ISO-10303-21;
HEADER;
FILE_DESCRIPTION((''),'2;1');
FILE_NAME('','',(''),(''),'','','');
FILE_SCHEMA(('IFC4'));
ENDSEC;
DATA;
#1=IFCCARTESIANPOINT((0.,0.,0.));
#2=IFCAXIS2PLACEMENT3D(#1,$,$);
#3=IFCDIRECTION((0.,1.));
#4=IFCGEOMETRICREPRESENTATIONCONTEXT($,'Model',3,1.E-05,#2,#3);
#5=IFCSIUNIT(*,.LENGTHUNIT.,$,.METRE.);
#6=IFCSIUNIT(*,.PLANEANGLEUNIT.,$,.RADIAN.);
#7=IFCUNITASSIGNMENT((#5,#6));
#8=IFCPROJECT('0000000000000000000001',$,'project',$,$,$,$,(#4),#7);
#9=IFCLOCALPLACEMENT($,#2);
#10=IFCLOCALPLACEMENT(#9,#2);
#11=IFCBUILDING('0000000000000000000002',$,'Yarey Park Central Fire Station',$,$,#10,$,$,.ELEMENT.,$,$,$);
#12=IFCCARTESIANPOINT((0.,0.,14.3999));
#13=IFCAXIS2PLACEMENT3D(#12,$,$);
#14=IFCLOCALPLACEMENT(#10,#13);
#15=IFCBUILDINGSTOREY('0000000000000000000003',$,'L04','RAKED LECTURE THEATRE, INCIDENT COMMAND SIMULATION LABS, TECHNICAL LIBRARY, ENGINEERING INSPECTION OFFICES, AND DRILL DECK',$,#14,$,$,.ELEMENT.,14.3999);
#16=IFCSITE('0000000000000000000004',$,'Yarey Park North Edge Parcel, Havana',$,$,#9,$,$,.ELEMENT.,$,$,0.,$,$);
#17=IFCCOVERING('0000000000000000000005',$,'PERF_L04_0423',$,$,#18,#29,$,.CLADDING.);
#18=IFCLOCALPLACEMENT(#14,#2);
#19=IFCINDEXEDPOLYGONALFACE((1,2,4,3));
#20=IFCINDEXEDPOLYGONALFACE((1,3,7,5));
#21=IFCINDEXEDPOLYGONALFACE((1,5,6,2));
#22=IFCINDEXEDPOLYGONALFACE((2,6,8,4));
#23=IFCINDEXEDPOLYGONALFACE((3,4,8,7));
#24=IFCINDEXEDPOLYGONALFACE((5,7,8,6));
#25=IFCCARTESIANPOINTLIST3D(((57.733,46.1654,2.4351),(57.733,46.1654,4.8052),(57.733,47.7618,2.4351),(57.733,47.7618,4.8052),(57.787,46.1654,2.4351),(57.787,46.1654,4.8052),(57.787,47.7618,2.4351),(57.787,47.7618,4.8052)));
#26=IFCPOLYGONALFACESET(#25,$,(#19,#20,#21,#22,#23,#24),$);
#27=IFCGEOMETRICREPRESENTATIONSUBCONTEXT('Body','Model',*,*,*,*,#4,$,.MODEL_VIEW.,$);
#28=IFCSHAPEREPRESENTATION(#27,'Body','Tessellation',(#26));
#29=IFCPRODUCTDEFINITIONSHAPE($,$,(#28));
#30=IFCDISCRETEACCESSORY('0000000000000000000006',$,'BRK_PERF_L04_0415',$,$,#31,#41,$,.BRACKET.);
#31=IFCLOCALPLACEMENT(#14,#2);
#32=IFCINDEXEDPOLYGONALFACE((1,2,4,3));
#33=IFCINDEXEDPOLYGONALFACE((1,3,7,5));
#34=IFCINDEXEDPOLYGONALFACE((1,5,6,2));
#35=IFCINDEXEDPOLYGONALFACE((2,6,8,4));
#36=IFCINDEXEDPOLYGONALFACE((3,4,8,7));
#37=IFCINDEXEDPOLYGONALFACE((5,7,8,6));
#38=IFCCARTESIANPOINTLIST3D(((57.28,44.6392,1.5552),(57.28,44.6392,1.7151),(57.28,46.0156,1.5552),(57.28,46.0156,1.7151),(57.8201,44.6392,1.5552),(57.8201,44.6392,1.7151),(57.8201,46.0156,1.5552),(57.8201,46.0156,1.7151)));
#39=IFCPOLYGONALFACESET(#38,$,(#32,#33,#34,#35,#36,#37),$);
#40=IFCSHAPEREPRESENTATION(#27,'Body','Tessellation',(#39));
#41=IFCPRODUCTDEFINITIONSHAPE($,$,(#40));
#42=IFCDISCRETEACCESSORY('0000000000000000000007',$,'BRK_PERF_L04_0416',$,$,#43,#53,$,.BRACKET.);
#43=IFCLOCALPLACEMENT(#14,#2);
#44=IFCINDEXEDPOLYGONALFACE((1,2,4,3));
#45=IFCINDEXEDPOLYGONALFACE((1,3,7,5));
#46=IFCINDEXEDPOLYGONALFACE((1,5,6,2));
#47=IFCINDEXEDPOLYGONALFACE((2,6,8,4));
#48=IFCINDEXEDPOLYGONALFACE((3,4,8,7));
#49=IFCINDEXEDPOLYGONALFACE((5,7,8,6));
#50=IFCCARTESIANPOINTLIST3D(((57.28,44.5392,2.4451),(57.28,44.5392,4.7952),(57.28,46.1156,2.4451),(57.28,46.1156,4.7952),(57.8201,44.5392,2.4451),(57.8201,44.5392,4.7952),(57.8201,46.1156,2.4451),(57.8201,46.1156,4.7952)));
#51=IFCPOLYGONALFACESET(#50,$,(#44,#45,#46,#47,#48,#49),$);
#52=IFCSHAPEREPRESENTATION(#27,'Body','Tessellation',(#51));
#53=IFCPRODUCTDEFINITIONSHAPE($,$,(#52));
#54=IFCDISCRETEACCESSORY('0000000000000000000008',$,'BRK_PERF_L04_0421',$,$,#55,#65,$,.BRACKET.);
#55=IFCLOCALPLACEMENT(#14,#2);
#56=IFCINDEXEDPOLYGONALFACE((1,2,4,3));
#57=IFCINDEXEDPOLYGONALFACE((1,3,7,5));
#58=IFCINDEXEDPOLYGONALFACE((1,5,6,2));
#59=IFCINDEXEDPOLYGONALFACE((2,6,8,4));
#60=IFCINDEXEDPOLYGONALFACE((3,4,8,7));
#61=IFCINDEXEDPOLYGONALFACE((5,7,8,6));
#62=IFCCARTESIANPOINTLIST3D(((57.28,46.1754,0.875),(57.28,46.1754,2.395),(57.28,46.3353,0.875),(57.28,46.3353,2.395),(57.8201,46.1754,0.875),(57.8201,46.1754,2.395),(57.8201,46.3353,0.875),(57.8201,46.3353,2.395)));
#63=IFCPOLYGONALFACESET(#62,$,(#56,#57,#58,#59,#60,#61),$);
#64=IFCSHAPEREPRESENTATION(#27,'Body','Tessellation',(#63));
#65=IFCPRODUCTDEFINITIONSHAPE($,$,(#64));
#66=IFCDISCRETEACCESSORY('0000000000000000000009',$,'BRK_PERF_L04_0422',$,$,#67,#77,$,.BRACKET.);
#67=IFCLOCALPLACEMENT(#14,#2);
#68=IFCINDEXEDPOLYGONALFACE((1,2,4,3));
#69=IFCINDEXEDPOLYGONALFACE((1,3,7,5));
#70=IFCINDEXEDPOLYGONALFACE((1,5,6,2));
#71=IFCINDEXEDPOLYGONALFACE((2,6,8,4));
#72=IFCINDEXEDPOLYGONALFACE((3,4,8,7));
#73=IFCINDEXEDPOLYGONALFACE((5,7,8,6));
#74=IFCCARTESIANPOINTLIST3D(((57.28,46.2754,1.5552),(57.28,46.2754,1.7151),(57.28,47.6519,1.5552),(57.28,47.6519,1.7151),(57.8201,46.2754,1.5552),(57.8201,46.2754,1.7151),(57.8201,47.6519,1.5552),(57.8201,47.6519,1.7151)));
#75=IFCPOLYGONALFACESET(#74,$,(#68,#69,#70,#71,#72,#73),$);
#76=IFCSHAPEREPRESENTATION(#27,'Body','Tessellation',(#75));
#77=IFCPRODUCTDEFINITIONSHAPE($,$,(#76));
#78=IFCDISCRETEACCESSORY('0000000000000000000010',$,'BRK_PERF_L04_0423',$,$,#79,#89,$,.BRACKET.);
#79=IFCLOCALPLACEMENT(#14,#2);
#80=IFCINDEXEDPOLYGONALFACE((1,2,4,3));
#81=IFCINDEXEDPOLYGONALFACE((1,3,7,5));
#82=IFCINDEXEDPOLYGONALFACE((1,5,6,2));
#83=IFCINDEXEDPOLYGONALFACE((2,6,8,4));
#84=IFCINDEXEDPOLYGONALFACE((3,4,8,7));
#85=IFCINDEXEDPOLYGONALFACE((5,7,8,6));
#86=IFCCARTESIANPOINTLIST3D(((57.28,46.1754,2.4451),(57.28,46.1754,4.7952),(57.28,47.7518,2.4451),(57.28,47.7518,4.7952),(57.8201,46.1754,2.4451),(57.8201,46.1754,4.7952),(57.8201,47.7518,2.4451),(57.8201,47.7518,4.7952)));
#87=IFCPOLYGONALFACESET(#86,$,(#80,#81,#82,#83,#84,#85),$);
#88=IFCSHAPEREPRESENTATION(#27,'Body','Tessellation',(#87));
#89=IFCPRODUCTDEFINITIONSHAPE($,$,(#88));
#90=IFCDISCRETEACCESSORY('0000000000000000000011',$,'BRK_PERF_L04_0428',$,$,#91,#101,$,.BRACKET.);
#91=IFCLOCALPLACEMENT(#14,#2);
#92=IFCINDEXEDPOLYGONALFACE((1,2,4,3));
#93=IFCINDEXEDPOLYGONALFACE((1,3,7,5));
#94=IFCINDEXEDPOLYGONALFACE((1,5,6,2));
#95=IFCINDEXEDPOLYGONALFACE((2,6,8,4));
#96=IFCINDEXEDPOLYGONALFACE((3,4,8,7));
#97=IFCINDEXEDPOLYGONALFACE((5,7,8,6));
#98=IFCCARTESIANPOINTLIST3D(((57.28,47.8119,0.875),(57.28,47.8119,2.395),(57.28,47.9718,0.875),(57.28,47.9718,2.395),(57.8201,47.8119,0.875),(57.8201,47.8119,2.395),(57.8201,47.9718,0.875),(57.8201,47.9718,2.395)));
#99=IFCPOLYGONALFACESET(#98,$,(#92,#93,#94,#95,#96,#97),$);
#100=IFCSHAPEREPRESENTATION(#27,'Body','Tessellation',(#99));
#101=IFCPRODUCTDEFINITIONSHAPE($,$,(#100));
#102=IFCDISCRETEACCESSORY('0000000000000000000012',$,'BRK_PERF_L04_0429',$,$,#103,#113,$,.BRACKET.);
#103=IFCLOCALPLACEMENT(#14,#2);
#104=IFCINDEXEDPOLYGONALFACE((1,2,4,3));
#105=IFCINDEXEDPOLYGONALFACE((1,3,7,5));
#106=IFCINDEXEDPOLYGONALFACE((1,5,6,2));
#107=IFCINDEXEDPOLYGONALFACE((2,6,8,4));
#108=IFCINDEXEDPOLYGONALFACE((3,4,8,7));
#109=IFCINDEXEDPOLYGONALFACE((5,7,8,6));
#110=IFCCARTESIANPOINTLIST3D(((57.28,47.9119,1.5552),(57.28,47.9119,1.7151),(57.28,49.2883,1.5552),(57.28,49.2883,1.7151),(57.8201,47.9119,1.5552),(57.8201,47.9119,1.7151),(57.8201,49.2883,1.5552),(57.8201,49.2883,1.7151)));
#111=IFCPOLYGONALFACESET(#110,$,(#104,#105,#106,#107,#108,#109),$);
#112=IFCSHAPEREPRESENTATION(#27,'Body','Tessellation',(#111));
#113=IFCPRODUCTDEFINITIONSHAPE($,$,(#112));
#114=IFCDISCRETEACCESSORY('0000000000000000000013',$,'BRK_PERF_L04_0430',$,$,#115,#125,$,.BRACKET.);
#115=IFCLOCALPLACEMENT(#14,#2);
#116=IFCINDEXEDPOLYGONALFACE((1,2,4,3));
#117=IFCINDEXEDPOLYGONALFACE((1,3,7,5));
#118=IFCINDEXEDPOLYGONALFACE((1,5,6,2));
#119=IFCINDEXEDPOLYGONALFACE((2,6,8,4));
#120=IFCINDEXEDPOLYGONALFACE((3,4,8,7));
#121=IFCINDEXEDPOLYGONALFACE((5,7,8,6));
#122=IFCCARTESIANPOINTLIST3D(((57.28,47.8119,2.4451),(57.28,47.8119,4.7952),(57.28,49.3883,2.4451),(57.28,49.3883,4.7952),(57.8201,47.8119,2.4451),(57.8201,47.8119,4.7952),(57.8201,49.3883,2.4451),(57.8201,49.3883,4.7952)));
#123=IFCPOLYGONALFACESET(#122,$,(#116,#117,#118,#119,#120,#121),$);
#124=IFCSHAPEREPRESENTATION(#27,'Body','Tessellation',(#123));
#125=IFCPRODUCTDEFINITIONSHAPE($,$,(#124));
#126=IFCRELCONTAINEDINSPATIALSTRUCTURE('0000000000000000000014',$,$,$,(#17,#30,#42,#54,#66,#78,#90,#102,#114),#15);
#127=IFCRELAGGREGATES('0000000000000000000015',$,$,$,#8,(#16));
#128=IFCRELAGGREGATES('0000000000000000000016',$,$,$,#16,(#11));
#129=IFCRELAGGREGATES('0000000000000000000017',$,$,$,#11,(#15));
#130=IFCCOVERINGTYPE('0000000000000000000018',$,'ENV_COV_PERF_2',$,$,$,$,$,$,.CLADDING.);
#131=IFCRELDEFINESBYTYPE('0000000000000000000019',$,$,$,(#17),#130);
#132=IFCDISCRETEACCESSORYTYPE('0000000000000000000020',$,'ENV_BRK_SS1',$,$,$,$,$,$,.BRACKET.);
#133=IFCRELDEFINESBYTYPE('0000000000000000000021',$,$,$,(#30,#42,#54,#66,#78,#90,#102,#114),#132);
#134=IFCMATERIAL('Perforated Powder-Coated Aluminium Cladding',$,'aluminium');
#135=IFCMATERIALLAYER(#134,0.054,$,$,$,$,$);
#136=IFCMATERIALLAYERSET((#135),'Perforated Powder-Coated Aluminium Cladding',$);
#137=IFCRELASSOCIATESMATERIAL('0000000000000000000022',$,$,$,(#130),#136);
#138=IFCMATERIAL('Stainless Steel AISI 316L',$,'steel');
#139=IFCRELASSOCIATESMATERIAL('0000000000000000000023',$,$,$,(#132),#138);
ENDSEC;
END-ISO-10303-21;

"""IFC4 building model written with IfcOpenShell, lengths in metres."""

from ifc_helpers import new_model, si_unit, direction, frame, origin, origin_2d, place, context, subcontext, project, spatial, rectangle, extrude, material, layer, layer_set, type_object, element, save


model = new_model("IFC4")

# Units and contexts
model_context = context("Model", 3, precision=1e-05, world=origin(), true_north=direction((0.0, 1.0)))
body_context = subcontext(model_context, "Body", "Model", "MODEL_VIEW")
ifc_project = project(units=[si_unit("LENGTHUNIT", "METRE"), si_unit("PLANEANGLEUNIT", "RADIAN")], contexts=[model_context])

# Site, building, storey
site_placement = place(None, origin())
site = spatial("IfcSite", under=ifc_project, at=site_placement, Name="Yarey Park North Edge Parcel, Havana", CompositionType="ELEMENT", RefElevation=0.0)
building_placement = place(site_placement, origin())
building = spatial("IfcBuilding", under=site, at=building_placement, Name="Yarey Park Central Fire Station", CompositionType="ELEMENT")
storey_placement = place(building_placement, frame((0.0, 0.0, 14.3999)))
storey = spatial("IfcBuildingStorey", under=building, at=storey_placement, Name="L04", Description="RAKED LECTURE THEATRE, INCIDENT COMMAND SIMULATION LABS, TECHNICAL LIBRARY, ENGINEERING INSPECTION OFFICES, AND DRILL DECK", CompositionType="ELEMENT", Elevation=14.3999)

# Covering
ifc_material_1 = material(Name="Perforated Powder-Coated Aluminium Cladding", Category="aluminium")
ifc_layer_1 = layer(ifc_material_1, 0.054)
ifc_layer_set_1 = layer_set([ifc_layer_1], Name="Perforated Powder-Coated Aluminium Cladding")
covering_type_1 = type_object("IfcCoveringType", Name="ENV_COV_PERF_2", PredefinedType="CLADDING", material=ifc_layer_set_1)
covering_1_placement = place(storey_placement, frame((57.76, 46.9636, 2.4351), z_axis=(0.0, 0.0, 1.0), x_axis=(0.0, 1.0, 0.0)))
element("IfcCovering", 1, at=covering_1_placement, inside=storey, type_object=covering_type_1, Name="PERF_L04_0423", PredefinedType="CLADDING", context=body_context, shape_type="SweptSolid", body=[
    extrude(rectangle(XDim=1.5964, YDim=0.054, at=origin_2d()), origin(), (0.0, 0.0, 1.0), 2.3701),
])

# Discrete accessories
ifc_material_2 = material(Name="Stainless Steel AISI 316L", Category="steel")
discrete_accessory_type = type_object("IfcDiscreteAccessoryType", Name="ENV_BRK_SS1", PredefinedType="BRACKET", material=ifc_material_2)
discrete_accessory_1_placement = place(storey_placement, frame((57.55, 45.3274, 1.5552), z_axis=(0.0, 0.0, 1.0), x_axis=(1.0, 0.0, 0.0)))
element("IfcDiscreteAccessory", 2, at=discrete_accessory_1_placement, inside=storey, type_object=discrete_accessory_type, Name="BRK_PERF_L04_0415", PredefinedType="BRACKET", context=body_context, shape_type="SweptSolid", body=[
    extrude(rectangle(XDim=0.54, YDim=1.3765, at=origin_2d()), origin(), (0.0, 0.0, 1.0), 0.1599),
])
discrete_accessory_2_placement = place(storey_placement, frame((57.55, 45.3274, 2.4451), z_axis=(0.0, 0.0, 1.0), x_axis=(1.0, 0.0, 0.0)))
element("IfcDiscreteAccessory", 3, at=discrete_accessory_2_placement, inside=storey, type_object=discrete_accessory_type, Name="BRK_PERF_L04_0416", PredefinedType="BRACKET", context=body_context, shape_type="SweptSolid", body=[
    extrude(rectangle(XDim=0.54, YDim=1.5764, at=origin_2d()), origin(), (0.0, 0.0, 1.0), 2.3501),
])
discrete_accessory_3_placement = place(storey_placement, frame((57.55, 46.2554, 0.875), z_axis=(0.0, 0.0, 1.0), x_axis=(1.0, 0.0, 0.0)))
element("IfcDiscreteAccessory", 4, at=discrete_accessory_3_placement, inside=storey, type_object=discrete_accessory_type, Name="BRK_PERF_L04_0421", PredefinedType="BRACKET", context=body_context, shape_type="SweptSolid", body=[
    extrude(rectangle(XDim=0.54, YDim=0.1599, at=origin_2d()), origin(), (0.0, 0.0, 1.0), 1.52),
])
discrete_accessory_4_placement = place(storey_placement, frame((57.55, 46.9636, 1.5552), z_axis=(0.0, 0.0, 1.0), x_axis=(1.0, 0.0, 0.0)))
element("IfcDiscreteAccessory", 5, at=discrete_accessory_4_placement, inside=storey, type_object=discrete_accessory_type, Name="BRK_PERF_L04_0422", PredefinedType="BRACKET", context=body_context, shape_type="SweptSolid", body=[
    extrude(rectangle(XDim=0.54, YDim=1.3765, at=origin_2d()), origin(), (0.0, 0.0, 1.0), 0.1599),
])
discrete_accessory_5_placement = place(storey_placement, frame((57.55, 46.9636, 2.4451), z_axis=(0.0, 0.0, 1.0), x_axis=(1.0, 0.0, 0.0)))
element("IfcDiscreteAccessory", 6, at=discrete_accessory_5_placement, inside=storey, type_object=discrete_accessory_type, Name="BRK_PERF_L04_0423", PredefinedType="BRACKET", context=body_context, shape_type="SweptSolid", body=[
    extrude(rectangle(XDim=0.54, YDim=1.5764, at=origin_2d()), origin(), (0.0, 0.0, 1.0), 2.3501),
])
discrete_accessory_6_placement = place(storey_placement, frame((57.55, 47.8918, 0.875), z_axis=(0.0, 0.0, 1.0), x_axis=(1.0, 0.0, 0.0)))
element("IfcDiscreteAccessory", 7, at=discrete_accessory_6_placement, inside=storey, type_object=discrete_accessory_type, Name="BRK_PERF_L04_0428", PredefinedType="BRACKET", context=body_context, shape_type="SweptSolid", body=[
    extrude(rectangle(XDim=0.54, YDim=0.1599, at=origin_2d()), origin(), (0.0, 0.0, 1.0), 1.52),
])
discrete_accessory_7_placement = place(storey_placement, frame((57.55, 48.6001, 1.5552), z_axis=(0.0, 0.0, 1.0), x_axis=(1.0, 0.0, 0.0)))
element("IfcDiscreteAccessory", 8, at=discrete_accessory_7_placement, inside=storey, type_object=discrete_accessory_type, Name="BRK_PERF_L04_0429", PredefinedType="BRACKET", context=body_context, shape_type="SweptSolid", body=[
    extrude(rectangle(XDim=0.54, YDim=1.3765, at=origin_2d()), origin(), (0.0, 0.0, 1.0), 0.1599),
])
discrete_accessory_8_placement = place(storey_placement, frame((57.55, 48.6001, 2.4451), z_axis=(0.0, 0.0, 1.0), x_axis=(1.0, 0.0, 0.0)))
element("IfcDiscreteAccessory", 9, at=discrete_accessory_8_placement, inside=storey, type_object=discrete_accessory_type, Name="BRK_PERF_L04_0430", PredefinedType="BRACKET", context=body_context, shape_type="SweptSolid", body=[
    extrude(rectangle(XDim=0.54, YDim=1.5764, at=origin_2d()), origin(), (0.0, 0.0, 1.0), 2.3501),
])

save(model, "model.ifc")
